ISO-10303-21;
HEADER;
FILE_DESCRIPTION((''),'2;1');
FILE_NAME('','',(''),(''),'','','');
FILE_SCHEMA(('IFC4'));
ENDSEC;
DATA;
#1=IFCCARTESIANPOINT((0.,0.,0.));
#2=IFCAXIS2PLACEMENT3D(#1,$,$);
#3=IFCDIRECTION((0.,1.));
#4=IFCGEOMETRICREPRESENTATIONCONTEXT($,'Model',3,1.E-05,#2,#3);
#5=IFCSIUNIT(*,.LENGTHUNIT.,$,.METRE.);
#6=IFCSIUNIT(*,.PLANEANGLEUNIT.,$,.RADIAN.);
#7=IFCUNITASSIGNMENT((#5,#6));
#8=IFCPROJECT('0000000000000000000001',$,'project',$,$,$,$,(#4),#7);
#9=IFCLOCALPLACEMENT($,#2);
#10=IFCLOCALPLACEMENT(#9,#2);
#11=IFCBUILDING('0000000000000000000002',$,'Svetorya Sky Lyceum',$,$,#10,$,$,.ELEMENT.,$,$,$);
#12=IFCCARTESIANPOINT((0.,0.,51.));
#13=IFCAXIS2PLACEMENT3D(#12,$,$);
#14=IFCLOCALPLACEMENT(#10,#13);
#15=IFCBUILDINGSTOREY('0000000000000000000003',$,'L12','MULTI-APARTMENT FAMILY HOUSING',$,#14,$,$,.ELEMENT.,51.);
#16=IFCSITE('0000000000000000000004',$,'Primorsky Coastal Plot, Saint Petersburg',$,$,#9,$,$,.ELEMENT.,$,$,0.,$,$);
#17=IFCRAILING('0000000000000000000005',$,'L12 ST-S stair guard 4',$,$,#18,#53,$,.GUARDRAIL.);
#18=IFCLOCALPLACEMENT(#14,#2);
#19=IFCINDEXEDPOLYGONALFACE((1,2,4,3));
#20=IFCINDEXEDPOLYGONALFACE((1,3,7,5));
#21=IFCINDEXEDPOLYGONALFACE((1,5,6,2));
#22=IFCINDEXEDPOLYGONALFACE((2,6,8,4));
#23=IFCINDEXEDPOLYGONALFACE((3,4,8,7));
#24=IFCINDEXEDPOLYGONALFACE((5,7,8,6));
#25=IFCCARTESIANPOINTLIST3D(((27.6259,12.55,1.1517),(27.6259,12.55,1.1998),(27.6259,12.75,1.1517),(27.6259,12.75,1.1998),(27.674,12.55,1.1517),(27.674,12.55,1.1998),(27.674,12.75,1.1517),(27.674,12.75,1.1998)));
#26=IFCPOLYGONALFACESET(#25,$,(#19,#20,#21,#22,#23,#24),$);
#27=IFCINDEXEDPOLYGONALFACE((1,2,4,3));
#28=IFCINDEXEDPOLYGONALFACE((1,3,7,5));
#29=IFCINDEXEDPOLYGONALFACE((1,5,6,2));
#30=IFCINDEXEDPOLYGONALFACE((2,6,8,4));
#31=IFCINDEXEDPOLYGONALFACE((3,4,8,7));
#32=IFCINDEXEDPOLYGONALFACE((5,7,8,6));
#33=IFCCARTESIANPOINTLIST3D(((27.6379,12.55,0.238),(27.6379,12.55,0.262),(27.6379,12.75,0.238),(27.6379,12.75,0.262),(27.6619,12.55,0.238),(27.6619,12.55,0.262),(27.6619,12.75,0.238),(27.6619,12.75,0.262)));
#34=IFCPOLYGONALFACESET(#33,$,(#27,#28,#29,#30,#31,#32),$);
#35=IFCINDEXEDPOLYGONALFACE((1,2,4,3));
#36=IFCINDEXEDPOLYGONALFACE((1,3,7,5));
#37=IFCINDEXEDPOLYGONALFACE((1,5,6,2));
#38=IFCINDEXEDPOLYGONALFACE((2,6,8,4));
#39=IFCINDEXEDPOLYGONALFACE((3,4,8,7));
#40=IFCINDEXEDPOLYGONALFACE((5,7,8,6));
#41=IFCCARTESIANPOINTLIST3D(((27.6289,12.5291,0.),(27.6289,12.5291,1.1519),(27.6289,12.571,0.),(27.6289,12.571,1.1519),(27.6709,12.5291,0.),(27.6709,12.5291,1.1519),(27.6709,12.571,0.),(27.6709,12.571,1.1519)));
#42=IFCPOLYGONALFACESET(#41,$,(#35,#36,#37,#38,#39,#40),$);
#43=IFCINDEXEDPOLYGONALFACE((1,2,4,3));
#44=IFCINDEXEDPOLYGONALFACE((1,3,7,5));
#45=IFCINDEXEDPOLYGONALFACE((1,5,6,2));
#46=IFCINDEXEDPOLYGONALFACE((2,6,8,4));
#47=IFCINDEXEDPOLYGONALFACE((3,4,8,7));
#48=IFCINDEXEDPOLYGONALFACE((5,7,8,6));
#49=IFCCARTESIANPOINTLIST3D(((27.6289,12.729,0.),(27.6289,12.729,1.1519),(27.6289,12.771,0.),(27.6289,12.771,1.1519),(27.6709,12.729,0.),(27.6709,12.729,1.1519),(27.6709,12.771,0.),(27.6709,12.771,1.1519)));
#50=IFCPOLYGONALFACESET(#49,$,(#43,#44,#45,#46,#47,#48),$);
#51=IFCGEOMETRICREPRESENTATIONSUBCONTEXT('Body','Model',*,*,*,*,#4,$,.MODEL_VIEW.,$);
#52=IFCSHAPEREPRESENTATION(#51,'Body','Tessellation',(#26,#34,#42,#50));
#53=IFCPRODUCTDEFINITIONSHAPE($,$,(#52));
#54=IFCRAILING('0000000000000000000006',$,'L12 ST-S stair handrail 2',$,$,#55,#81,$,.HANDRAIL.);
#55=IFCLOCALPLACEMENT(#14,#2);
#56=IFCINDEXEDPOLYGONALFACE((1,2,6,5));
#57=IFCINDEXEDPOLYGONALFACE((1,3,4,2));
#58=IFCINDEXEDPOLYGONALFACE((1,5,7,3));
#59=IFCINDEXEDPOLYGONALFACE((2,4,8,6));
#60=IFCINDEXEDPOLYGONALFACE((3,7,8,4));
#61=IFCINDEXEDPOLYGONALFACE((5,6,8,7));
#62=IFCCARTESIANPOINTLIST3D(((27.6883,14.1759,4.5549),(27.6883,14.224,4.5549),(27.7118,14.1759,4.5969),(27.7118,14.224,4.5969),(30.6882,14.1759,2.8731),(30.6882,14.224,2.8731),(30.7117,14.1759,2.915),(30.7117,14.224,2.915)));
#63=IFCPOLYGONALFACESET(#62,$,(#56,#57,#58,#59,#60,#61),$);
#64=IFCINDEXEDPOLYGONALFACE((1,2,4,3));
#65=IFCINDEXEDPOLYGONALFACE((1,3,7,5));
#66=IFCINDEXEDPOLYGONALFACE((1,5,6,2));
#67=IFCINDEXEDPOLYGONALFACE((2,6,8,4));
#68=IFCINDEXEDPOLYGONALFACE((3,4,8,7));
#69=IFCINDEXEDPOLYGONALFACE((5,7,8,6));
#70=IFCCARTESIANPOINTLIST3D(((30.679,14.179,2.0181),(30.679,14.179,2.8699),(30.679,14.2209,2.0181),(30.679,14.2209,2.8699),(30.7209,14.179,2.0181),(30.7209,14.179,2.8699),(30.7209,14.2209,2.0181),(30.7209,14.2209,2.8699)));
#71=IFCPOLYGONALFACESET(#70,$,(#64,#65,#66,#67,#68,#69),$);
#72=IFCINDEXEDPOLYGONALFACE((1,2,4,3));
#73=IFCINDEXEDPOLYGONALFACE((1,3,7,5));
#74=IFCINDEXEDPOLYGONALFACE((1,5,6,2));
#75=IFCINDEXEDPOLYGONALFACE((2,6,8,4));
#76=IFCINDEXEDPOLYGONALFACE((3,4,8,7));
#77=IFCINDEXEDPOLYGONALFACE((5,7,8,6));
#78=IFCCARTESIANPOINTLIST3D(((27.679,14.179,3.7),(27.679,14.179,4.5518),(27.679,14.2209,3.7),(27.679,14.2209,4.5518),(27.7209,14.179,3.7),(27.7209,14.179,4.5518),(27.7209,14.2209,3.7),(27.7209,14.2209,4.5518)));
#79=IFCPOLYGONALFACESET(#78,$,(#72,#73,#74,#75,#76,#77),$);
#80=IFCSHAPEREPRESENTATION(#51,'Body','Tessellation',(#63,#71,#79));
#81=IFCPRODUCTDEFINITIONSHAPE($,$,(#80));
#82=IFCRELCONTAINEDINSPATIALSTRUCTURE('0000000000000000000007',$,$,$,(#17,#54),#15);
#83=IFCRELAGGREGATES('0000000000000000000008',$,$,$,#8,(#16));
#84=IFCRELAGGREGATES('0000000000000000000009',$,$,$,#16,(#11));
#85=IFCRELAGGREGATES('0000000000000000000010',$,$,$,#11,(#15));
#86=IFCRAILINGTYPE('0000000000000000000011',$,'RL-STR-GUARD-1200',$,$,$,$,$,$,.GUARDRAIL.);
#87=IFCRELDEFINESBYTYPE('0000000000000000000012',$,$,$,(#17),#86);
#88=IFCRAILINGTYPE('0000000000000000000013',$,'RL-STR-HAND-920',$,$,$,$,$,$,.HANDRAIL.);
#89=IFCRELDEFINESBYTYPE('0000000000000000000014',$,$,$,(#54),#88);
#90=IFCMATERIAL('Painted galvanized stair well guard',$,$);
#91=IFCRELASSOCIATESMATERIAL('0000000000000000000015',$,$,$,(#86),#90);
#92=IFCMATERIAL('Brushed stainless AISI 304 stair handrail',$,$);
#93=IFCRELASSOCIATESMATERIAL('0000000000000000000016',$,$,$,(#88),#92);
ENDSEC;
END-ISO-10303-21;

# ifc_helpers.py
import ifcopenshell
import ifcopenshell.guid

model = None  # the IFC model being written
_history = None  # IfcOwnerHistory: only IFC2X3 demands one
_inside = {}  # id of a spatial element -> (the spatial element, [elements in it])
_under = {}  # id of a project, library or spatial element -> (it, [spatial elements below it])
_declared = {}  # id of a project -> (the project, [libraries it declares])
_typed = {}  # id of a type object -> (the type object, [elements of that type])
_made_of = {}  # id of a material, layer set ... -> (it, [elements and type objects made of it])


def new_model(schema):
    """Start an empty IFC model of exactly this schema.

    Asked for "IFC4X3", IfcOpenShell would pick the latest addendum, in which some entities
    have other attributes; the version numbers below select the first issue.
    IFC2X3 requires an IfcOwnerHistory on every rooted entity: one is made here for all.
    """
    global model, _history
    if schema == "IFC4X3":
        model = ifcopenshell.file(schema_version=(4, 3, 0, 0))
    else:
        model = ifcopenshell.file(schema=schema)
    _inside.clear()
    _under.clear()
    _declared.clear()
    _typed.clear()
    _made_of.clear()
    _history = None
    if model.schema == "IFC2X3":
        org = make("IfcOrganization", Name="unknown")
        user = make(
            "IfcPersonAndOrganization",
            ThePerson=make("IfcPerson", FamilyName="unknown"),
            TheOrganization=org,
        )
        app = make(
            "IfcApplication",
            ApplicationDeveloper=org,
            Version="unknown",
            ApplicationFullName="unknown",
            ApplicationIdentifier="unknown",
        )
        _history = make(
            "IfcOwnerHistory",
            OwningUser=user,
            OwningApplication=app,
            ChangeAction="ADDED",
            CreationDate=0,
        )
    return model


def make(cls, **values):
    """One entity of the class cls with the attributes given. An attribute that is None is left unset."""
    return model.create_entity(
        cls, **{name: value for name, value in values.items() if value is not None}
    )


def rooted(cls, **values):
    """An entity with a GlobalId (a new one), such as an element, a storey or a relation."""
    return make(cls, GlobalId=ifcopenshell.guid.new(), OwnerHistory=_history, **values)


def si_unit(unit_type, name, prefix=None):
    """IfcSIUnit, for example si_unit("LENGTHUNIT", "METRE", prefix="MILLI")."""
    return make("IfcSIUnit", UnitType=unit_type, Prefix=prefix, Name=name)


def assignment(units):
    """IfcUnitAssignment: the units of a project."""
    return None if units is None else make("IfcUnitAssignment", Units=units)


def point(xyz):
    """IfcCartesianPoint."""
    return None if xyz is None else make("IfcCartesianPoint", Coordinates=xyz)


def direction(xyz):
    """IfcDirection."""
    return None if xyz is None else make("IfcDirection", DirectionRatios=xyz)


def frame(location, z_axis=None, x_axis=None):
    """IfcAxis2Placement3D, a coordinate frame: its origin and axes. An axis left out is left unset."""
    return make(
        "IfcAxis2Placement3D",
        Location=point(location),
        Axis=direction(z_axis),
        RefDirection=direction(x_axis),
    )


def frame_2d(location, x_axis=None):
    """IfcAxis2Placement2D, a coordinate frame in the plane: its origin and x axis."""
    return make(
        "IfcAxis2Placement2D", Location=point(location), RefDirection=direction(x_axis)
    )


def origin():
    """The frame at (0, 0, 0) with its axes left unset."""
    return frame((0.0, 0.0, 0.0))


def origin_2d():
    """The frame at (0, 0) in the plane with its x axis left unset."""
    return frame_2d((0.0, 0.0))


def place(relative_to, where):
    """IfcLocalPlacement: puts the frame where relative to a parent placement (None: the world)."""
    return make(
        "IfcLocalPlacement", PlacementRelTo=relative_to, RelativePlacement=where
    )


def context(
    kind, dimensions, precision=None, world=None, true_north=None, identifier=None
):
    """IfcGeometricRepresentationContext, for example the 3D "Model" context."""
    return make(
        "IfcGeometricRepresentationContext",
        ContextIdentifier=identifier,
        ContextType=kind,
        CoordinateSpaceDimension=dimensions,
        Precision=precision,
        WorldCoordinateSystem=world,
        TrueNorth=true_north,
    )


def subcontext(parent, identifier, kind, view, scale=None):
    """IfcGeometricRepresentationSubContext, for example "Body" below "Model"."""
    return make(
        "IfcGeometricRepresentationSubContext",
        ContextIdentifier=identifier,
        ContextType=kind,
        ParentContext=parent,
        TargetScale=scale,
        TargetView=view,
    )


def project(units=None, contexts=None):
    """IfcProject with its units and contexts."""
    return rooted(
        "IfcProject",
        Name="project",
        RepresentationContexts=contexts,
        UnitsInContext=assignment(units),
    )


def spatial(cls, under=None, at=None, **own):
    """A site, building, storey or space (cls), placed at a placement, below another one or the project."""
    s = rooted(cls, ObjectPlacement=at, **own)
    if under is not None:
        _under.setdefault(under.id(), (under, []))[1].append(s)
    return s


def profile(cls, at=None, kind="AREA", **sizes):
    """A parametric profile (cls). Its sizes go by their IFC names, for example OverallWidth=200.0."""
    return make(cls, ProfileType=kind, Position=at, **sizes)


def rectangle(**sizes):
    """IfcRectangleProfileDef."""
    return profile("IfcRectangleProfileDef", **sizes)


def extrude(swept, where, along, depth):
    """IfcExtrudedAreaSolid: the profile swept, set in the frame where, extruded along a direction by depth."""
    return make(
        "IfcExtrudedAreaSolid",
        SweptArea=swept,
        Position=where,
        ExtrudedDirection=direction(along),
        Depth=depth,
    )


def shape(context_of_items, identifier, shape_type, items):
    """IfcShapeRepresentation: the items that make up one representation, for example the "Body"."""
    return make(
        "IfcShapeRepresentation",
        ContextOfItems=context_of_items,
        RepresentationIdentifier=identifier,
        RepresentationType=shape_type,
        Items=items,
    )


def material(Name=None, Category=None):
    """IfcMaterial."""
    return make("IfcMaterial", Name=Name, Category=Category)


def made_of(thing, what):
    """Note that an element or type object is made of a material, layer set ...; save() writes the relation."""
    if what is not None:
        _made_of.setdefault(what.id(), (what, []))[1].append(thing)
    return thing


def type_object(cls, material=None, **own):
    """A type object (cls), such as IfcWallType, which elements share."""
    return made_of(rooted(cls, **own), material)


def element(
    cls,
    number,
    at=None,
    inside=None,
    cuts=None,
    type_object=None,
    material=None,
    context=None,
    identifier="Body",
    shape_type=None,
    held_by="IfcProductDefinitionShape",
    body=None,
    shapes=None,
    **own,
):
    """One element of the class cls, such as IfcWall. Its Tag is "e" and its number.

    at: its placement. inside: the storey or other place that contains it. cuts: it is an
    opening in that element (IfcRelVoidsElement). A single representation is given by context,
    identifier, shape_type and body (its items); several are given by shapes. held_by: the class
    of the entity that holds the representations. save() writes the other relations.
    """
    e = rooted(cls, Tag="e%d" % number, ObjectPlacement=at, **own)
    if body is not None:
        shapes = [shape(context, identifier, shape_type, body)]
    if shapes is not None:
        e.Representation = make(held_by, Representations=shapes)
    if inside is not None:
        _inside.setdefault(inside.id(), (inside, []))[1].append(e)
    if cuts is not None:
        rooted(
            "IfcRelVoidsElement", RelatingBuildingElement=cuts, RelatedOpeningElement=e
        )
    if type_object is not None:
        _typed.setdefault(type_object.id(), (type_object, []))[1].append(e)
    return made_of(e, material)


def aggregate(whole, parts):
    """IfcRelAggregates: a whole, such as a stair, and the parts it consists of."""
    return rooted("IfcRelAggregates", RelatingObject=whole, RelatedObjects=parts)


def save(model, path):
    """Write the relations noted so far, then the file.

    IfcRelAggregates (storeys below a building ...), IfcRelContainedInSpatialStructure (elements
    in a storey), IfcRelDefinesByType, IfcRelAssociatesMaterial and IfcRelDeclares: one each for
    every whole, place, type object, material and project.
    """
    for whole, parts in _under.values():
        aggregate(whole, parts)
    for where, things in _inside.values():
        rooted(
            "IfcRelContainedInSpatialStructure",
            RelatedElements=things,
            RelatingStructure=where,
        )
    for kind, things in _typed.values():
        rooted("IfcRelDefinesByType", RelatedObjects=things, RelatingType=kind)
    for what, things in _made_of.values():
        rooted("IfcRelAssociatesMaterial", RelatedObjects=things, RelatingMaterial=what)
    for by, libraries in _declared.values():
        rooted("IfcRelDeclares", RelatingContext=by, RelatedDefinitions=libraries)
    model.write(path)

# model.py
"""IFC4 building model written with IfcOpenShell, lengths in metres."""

from ifc_helpers import new_model, si_unit, direction, frame, origin, origin_2d, place, context, subcontext, project, spatial, rectangle, extrude, material, type_object, element, save


model = new_model("IFC4")

# Units and contexts
model_context = context("Model", 3, precision=1e-05, world=origin(), true_north=direction((0.0, 1.0)))
body_context = subcontext(model_context, "Body", "Model", "MODEL_VIEW")
ifc_project = project(units=[si_unit("LENGTHUNIT", "METRE"), si_unit("PLANEANGLEUNIT", "RADIAN")], contexts=[model_context])

# Site, building, storey
site_placement = place(None, origin())
site = spatial("IfcSite", under=ifc_project, at=site_placement, Name="Primorsky Coastal Plot, Saint Petersburg", CompositionType="ELEMENT", RefElevation=0.0)
building_placement = place(site_placement, origin())
building = spatial("IfcBuilding", under=site, at=building_placement, Name="Svetorya Sky Lyceum", CompositionType="ELEMENT")
storey_placement = place(building_placement, frame((0.0, 0.0, 51.0)))
storey = spatial("IfcBuildingStorey", under=building, at=storey_placement, Name="L12", Description="MULTI-APARTMENT FAMILY HOUSING", CompositionType="ELEMENT", Elevation=51.0)

# Railings
ifc_material_1 = material(Name="Painted galvanized stair well guard")
railing_type_1 = type_object("IfcRailingType", Name="RL-STR-GUARD-1200", PredefinedType="GUARDRAIL", material=ifc_material_1)
railing_1_placement = place(storey_placement, frame((27.6499, 12.55, 0.0)))
element("IfcRailing", 1, at=railing_1_placement, inside=storey, type_object=railing_type_1, Name="L12 ST-S stair guard 4", PredefinedType="GUARDRAIL", context=body_context, shape_type="SweptSolid", body=[
    extrude(rectangle(XDim=0.0481, YDim=0.0481, at=origin_2d()), frame((0.0, 0.0, 1.1758), z_axis=(0.0, 1.0, 0.0), x_axis=(-1.0, 0.0, 0.0)), (0.0, 0.0, 1.0), 0.2),
    extrude(rectangle(XDim=0.0239, YDim=0.0239, at=origin_2d()), frame((0.0, 0.0, 0.25), z_axis=(0.0, 1.0, 0.0), x_axis=(-1.0, 0.0, 0.0)), (0.0, 0.0, 1.0), 0.2),
    extrude(rectangle(XDim=0.042, YDim=0.042, at=origin_2d()), origin(), (0.0, 0.0, 1.0), 1.1519),
    extrude(rectangle(XDim=0.042, YDim=0.042, at=origin_2d()), frame((0.0, 0.2, 0.0)), (0.0, 0.0, 1.0), 1.1519),
])
ifc_material_2 = material(Name="Brushed stainless AISI 304 stair handrail")
railing_type_2 = type_object("IfcRailingType", Name="RL-STR-HAND-920", PredefinedType="HANDRAIL", material=ifc_material_2)
railing_2_placement = place(storey_placement, frame((30.7, 14.2, 2.0181)))
element("IfcRailing", 2, at=railing_2_placement, inside=storey, type_object=railing_type_2, Name="L12 ST-S stair handrail 2", PredefinedType="HANDRAIL", context=body_context, shape_type="SweptSolid", body=[
    extrude(rectangle(XDim=0.0481, YDim=0.0481, at=origin_2d()), frame((0.0, 0.0, 0.876), z_axis=(-0.872272, 0.0, 0.48902), x_axis=(0.0, -1.0, 0.0)), (0.0, 0.0, 1.0), 3.4392),
    extrude(rectangle(XDim=0.042, YDim=0.042, at=origin_2d()), origin(), (0.0, 0.0, 1.0), 0.8518),
    extrude(rectangle(XDim=0.042, YDim=0.042, at=origin_2d()), frame((-3.0, 0.0, 1.6819)), (0.0, 0.0, 1.0), 0.8518),
])

save(model, "model.ifc")
